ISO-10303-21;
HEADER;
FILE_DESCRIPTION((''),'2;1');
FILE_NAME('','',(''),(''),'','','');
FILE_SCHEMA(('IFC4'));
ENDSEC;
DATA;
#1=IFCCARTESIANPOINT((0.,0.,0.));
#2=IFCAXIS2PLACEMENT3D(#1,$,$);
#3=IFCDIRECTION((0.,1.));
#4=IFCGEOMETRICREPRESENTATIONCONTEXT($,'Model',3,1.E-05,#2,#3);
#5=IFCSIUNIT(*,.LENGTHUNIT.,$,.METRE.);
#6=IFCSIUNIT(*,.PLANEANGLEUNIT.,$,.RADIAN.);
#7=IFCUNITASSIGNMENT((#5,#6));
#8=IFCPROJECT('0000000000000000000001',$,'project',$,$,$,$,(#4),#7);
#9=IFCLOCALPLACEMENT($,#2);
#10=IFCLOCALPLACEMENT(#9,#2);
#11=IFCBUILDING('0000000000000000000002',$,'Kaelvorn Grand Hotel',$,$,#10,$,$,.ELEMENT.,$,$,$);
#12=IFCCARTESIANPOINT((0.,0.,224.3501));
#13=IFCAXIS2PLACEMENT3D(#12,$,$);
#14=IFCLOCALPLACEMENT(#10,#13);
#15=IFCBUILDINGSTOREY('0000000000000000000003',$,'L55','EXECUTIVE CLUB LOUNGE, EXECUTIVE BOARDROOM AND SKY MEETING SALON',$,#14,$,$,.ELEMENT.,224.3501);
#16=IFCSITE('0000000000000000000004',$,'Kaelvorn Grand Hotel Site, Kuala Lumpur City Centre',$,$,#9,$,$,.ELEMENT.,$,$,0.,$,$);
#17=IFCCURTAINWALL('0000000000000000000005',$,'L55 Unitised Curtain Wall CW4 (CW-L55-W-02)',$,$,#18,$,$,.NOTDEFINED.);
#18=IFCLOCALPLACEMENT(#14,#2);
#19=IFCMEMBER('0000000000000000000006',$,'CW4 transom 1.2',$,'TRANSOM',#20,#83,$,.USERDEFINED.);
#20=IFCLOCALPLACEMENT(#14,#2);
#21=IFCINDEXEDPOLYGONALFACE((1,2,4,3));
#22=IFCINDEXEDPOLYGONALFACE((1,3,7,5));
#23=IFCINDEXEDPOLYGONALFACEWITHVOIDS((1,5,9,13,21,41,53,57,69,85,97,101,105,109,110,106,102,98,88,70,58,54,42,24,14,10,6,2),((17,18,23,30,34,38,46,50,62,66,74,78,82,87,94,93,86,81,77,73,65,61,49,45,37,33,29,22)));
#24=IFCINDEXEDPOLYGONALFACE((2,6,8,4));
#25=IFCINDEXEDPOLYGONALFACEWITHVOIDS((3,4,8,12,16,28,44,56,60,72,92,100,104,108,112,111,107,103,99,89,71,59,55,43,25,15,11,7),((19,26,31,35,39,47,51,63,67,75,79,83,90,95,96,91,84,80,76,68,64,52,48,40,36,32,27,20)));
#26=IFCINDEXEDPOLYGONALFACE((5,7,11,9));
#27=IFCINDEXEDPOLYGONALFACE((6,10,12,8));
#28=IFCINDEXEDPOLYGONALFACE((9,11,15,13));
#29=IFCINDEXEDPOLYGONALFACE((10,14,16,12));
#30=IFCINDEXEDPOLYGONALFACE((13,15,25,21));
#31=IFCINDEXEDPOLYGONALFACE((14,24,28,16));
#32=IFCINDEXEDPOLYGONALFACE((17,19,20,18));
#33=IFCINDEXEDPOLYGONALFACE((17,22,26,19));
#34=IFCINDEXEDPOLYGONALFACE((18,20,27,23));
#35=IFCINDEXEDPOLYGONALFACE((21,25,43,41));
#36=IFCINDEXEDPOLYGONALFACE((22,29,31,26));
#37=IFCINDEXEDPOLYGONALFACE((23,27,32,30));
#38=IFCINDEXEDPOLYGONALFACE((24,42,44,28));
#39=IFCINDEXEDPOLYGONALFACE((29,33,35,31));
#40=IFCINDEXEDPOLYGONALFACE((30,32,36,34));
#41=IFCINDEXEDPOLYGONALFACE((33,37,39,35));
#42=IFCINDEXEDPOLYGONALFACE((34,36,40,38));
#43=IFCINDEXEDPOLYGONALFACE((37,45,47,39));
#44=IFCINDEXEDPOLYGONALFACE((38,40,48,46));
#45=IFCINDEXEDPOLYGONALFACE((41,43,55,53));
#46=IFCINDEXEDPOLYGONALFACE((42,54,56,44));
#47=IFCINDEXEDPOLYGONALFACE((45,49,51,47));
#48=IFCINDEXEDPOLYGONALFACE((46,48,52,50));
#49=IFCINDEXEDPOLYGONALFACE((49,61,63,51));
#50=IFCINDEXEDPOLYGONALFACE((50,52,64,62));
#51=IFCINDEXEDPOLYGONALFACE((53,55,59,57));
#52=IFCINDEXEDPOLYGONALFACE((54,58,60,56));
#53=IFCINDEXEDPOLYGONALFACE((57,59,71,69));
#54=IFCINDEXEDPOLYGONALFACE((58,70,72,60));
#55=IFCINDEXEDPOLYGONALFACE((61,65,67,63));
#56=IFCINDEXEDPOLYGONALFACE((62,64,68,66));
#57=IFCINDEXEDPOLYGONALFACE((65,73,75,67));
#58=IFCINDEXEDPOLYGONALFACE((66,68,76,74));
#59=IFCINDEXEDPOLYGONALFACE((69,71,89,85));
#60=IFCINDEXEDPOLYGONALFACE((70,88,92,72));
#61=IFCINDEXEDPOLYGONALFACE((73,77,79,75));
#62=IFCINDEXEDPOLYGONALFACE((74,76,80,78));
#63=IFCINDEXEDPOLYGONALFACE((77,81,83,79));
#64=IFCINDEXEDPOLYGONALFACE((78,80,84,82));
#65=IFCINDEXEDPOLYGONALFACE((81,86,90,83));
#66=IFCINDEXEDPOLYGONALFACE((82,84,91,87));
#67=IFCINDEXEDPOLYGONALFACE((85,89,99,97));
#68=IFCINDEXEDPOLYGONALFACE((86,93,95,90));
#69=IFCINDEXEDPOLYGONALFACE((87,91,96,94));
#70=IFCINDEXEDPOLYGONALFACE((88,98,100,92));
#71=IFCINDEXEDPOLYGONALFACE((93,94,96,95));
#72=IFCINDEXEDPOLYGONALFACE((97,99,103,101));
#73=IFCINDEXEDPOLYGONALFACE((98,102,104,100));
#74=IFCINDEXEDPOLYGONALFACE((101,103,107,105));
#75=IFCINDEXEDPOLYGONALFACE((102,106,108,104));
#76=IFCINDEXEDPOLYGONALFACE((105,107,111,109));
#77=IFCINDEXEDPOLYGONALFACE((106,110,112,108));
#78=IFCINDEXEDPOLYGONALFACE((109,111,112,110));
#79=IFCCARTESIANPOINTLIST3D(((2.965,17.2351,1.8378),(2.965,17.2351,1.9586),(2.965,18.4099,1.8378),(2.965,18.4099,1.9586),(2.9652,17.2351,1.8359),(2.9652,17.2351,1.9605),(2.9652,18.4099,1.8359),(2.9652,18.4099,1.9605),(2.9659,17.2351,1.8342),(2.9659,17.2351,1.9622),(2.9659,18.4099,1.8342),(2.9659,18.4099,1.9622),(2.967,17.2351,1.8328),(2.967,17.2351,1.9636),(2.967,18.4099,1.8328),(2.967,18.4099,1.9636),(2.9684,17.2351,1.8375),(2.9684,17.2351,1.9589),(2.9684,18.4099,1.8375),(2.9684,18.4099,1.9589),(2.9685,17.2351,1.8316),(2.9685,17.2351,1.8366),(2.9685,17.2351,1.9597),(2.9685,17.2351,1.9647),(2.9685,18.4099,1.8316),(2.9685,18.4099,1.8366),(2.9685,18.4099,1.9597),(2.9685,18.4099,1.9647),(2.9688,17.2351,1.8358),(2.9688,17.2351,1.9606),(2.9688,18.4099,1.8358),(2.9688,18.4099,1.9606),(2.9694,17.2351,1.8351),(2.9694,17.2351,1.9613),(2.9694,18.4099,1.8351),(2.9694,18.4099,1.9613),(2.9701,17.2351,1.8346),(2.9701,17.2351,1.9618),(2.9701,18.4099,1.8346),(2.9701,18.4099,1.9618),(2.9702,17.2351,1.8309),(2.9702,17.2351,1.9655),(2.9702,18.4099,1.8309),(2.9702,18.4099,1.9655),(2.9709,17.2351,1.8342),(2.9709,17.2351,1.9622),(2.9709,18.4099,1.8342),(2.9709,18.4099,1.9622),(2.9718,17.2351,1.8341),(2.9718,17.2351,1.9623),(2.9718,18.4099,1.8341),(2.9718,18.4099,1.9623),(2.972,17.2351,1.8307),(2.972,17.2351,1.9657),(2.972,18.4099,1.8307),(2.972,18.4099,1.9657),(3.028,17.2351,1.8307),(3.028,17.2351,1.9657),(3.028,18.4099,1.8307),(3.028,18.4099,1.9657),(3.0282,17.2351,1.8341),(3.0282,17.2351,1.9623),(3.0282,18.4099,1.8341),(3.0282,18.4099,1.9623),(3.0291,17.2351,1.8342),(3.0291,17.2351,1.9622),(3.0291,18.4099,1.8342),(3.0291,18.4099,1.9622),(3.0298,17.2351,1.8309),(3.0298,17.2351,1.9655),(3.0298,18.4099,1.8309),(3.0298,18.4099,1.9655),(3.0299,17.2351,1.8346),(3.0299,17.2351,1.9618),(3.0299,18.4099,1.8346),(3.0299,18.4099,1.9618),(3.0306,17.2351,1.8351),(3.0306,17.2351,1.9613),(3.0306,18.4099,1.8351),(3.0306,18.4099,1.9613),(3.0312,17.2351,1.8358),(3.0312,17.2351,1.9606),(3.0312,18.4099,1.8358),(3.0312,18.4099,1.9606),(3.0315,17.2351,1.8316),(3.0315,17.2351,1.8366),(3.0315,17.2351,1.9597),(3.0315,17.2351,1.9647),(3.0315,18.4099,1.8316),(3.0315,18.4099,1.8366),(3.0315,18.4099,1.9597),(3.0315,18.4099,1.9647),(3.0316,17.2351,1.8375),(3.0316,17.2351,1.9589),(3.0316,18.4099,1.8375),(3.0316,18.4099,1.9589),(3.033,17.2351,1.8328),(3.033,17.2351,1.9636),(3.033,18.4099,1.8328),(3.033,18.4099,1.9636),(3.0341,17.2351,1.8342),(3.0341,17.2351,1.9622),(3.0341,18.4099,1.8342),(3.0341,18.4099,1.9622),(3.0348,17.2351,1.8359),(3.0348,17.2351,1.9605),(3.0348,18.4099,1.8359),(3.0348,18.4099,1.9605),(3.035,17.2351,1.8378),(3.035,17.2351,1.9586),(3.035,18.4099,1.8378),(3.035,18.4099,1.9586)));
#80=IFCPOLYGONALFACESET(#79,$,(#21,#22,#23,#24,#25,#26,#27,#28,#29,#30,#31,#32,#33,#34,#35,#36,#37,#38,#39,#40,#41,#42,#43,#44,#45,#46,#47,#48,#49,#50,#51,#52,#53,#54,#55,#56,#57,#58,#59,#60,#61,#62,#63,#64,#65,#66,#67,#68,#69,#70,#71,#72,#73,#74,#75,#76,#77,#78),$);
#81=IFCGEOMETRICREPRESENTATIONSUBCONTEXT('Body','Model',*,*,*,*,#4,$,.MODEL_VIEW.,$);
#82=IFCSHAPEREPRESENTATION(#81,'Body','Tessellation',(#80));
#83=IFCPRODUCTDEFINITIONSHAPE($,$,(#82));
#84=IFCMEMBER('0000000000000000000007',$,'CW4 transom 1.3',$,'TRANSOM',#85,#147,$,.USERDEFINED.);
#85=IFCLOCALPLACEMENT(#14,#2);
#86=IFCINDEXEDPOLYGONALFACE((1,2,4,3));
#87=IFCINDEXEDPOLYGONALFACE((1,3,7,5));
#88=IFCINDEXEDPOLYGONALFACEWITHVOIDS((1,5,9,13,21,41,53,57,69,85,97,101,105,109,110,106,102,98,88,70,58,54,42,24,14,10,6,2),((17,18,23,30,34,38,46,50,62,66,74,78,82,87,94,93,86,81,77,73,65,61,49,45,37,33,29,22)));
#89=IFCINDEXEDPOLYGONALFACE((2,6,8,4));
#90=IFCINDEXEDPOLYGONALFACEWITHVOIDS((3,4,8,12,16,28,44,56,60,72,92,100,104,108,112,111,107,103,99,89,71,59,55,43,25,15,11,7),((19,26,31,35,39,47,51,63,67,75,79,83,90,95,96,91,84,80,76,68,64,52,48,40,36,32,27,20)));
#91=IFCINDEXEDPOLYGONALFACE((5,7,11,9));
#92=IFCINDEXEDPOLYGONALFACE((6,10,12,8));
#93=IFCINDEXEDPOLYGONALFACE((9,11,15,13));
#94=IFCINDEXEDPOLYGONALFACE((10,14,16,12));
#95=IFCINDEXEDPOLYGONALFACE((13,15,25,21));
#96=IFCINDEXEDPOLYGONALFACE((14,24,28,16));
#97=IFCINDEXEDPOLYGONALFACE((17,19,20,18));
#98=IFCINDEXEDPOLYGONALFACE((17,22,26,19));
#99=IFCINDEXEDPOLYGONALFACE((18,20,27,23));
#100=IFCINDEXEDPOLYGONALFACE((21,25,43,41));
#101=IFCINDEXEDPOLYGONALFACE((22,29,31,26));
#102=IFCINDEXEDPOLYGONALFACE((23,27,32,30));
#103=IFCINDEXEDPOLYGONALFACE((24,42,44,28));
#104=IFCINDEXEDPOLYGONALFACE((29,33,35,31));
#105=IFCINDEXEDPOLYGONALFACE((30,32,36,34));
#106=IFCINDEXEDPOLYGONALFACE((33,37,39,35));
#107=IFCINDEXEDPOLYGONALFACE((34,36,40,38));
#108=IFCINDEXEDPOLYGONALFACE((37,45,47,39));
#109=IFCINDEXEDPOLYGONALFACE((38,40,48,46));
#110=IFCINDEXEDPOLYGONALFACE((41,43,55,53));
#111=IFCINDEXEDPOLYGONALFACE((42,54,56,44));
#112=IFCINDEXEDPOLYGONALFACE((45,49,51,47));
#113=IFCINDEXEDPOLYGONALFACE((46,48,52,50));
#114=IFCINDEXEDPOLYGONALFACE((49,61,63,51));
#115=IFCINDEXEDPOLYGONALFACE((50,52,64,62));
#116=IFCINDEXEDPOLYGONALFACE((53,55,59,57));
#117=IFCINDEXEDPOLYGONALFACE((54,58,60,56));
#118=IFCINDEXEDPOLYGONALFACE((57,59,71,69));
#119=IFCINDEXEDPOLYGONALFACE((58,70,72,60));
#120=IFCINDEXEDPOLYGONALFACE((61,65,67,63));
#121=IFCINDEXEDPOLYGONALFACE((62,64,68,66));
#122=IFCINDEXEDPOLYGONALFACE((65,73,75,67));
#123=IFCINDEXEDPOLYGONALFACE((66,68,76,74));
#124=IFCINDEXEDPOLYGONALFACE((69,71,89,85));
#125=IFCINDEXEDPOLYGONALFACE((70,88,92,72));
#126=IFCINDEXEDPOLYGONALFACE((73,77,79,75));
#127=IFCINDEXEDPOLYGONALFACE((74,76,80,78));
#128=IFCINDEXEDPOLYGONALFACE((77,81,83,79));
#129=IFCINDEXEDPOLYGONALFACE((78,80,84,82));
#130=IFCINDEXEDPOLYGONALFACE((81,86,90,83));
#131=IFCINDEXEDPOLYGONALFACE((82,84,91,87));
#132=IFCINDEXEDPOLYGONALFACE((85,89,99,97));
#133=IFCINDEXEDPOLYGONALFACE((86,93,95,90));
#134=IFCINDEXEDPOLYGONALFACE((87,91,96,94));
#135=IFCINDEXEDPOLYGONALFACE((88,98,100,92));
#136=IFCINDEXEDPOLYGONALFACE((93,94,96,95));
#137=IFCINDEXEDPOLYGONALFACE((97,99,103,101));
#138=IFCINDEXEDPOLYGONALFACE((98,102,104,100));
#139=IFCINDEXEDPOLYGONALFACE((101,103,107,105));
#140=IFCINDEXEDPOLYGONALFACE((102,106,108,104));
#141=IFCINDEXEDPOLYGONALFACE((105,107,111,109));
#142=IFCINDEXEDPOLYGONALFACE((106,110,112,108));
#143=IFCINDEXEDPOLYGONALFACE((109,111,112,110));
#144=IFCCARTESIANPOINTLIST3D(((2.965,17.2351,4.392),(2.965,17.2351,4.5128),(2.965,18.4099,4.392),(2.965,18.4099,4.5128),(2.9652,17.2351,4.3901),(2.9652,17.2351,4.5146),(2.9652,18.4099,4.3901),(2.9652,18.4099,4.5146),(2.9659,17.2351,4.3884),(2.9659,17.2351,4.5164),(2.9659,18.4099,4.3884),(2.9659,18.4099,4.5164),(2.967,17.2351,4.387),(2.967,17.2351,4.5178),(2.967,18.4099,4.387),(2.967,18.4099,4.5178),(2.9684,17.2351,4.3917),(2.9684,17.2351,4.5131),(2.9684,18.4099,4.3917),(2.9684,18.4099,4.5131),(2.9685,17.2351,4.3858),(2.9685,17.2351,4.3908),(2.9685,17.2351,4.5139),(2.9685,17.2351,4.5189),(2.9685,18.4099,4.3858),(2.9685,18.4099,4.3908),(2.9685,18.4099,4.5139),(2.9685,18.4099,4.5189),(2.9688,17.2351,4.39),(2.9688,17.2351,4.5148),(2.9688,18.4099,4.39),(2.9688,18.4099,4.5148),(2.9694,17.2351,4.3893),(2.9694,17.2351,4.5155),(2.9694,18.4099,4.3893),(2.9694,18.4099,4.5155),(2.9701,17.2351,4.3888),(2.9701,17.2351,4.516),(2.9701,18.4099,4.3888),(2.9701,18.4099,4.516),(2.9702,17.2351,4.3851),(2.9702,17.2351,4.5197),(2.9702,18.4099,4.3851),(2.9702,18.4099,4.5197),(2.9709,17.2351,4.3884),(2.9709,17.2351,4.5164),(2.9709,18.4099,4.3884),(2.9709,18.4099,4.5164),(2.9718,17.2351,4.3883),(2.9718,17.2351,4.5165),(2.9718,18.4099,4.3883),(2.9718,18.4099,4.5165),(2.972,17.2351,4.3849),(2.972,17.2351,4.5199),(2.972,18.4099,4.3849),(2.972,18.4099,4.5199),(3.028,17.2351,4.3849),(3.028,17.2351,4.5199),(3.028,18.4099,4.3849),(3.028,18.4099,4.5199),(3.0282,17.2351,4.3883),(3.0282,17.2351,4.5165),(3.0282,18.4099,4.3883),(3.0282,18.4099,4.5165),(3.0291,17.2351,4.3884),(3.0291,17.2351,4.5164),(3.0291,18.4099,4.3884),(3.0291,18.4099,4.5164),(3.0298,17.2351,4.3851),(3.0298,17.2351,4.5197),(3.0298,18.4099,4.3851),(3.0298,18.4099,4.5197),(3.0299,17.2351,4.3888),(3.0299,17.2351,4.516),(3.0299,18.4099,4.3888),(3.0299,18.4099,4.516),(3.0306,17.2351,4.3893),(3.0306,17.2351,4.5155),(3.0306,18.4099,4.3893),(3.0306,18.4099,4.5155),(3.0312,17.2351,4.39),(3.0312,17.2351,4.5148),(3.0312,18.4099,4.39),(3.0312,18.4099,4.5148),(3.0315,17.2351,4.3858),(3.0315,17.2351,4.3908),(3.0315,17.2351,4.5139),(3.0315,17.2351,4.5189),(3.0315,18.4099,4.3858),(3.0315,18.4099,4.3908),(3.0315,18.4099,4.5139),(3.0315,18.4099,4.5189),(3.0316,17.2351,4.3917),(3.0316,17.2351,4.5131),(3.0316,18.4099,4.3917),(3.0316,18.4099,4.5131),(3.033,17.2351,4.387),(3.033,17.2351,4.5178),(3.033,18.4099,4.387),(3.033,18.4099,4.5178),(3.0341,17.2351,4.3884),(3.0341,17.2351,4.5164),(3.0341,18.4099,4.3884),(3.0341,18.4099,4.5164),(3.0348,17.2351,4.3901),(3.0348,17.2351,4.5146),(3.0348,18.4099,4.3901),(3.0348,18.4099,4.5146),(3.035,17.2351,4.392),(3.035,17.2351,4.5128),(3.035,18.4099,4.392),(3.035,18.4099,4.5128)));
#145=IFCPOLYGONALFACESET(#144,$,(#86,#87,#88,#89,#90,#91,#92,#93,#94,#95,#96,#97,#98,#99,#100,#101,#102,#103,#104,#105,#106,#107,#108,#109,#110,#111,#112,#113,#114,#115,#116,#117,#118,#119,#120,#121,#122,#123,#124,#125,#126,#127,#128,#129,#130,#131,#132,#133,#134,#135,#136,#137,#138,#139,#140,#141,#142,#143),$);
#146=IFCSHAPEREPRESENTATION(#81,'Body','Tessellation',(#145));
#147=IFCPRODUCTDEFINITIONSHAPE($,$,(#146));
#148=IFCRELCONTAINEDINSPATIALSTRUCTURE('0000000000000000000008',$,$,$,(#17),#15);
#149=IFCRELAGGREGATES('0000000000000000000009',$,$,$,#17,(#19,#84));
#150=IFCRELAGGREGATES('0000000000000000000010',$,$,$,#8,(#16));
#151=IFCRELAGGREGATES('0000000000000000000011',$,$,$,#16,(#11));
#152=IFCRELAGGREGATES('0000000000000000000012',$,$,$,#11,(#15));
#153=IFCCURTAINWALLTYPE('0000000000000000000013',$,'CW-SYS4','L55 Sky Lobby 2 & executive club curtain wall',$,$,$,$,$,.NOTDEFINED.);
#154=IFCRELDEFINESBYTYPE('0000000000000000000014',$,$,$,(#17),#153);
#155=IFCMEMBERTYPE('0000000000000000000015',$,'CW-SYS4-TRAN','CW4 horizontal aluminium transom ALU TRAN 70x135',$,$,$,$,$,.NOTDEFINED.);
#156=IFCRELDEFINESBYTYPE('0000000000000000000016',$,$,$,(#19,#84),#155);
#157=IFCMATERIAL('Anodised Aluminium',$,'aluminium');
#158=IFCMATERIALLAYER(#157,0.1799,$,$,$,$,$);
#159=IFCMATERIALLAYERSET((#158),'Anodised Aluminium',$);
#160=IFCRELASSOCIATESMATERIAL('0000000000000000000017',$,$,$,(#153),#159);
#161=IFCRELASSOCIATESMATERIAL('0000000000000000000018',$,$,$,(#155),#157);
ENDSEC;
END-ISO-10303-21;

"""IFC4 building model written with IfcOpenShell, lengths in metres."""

from ifc_helpers import new_model, si_unit, direction, frame, origin, origin_2d, place, context, subcontext, project, spatial, hollow_rectangle, extrude, material, layer, layer_set, material_profile, profile_set, type_object, element, aggregate, save


model = new_model("IFC4")

# Units and contexts
model_context = context("Model", 3, precision=1e-05, world=origin(), true_north=direction((0.0, 1.0)))
body_context = subcontext(model_context, "Body", "Model", "MODEL_VIEW")
ifc_project = project(units=[si_unit("LENGTHUNIT", "METRE"), si_unit("PLANEANGLEUNIT", "RADIAN")], contexts=[model_context])

# Site, building, storey
site_placement = place(None, origin())
site = spatial("IfcSite", under=ifc_project, at=site_placement, Name="Kaelvorn Grand Hotel Site, Kuala Lumpur City Centre", CompositionType="ELEMENT", RefElevation=0.0)
building_placement = place(site_placement, origin())
building = spatial("IfcBuilding", under=site, at=building_placement, Name="Kaelvorn Grand Hotel", CompositionType="ELEMENT")
storey_placement = place(building_placement, frame((0.0, 0.0, 224.3501)))
storey = spatial("IfcBuildingStorey", under=building, at=storey_placement, Name="L55", Description="EXECUTIVE CLUB LOUNGE, EXECUTIVE BOARDROOM AND SKY MEETING SALON", CompositionType="ELEMENT", Elevation=224.3501)

# Curtain wall
ifc_material_1 = material(Name="Anodised Aluminium", Category="aluminium")
ifc_layer_1 = layer(ifc_material_1, 0.1799)
ifc_layer_set_1 = layer_set([ifc_layer_1], Name="Anodised Aluminium")
curtain_wall_type = type_object("IfcCurtainWallType", Name="CW-SYS4", Description="L55 Sky Lobby 2 & executive club curtain wall", PredefinedType="NOTDEFINED", material=ifc_layer_set_1)
curtain_wall_1_placement = place(storey_placement, origin())
curtain_wall_1 = element("IfcCurtainWall", 1, at=curtain_wall_1_placement, inside=storey, type_object=curtain_wall_type, Name="L55 Unitised Curtain Wall CW4 (CW-L55-W-02)", PredefinedType="NOTDEFINED")

# Members
ifc_material_profile_1 = material_profile(ifc_material_1, hollow_rectangle(XDim=0.0701, YDim=0.135, WallThickness=0.0034, InnerFilletRadius=0.0034, OuterFilletRadius=0.0071, at=origin_2d()), Name="ALU TRAN 70x135")
ifc_profile_set_1 = profile_set([ifc_material_profile_1], Name="Anodised Aluminium")
member_type_1 = type_object("IfcMemberType", Name="CW-SYS4-TRAN", Description="CW4 horizontal aluminium transom ALU TRAN 70x135", PredefinedType="NOTDEFINED", material=ifc_profile_set_1)
member_1_placement = place(storey_placement, frame((3.0, 18.4099, 1.8982), z_axis=(0.0, -1.0, 0.0), x_axis=(1.0, 0.0, 0.0)))
member_1 = element("IfcMember", 2, at=member_1_placement, type_object=member_type_1, Name="CW4 transom 1.2", ObjectType="TRANSOM", PredefinedType="USERDEFINED", context=body_context, shape_type="SweptSolid", body=[
    extrude(hollow_rectangle(XDim=0.0701, YDim=0.135, WallThickness=0.0034, InnerFilletRadius=0.0034, OuterFilletRadius=0.0071, at=origin_2d()), origin(), (0.0, 0.0, 1.0), 1.1748),
])
member_2_placement = place(storey_placement, frame((3.0, 18.4099, 4.4524), z_axis=(0.0, -1.0, 0.0), x_axis=(1.0, 0.0, 0.0)))
member_2 = element("IfcMember", 3, at=member_2_placement, type_object=member_type_1, Name="CW4 transom 1.3", ObjectType="TRANSOM", PredefinedType="USERDEFINED", context=body_context, shape_type="SweptSolid", body=[
    extrude(hollow_rectangle(XDim=0.0701, YDim=0.135, WallThickness=0.0034, InnerFilletRadius=0.0034, OuterFilletRadius=0.0071, at=origin_2d()), origin(), (0.0, 0.0, 1.0), 1.1748),
])

aggregate(curtain_wall_1, [member_1, member_2])

save(model, "model.ifc")
